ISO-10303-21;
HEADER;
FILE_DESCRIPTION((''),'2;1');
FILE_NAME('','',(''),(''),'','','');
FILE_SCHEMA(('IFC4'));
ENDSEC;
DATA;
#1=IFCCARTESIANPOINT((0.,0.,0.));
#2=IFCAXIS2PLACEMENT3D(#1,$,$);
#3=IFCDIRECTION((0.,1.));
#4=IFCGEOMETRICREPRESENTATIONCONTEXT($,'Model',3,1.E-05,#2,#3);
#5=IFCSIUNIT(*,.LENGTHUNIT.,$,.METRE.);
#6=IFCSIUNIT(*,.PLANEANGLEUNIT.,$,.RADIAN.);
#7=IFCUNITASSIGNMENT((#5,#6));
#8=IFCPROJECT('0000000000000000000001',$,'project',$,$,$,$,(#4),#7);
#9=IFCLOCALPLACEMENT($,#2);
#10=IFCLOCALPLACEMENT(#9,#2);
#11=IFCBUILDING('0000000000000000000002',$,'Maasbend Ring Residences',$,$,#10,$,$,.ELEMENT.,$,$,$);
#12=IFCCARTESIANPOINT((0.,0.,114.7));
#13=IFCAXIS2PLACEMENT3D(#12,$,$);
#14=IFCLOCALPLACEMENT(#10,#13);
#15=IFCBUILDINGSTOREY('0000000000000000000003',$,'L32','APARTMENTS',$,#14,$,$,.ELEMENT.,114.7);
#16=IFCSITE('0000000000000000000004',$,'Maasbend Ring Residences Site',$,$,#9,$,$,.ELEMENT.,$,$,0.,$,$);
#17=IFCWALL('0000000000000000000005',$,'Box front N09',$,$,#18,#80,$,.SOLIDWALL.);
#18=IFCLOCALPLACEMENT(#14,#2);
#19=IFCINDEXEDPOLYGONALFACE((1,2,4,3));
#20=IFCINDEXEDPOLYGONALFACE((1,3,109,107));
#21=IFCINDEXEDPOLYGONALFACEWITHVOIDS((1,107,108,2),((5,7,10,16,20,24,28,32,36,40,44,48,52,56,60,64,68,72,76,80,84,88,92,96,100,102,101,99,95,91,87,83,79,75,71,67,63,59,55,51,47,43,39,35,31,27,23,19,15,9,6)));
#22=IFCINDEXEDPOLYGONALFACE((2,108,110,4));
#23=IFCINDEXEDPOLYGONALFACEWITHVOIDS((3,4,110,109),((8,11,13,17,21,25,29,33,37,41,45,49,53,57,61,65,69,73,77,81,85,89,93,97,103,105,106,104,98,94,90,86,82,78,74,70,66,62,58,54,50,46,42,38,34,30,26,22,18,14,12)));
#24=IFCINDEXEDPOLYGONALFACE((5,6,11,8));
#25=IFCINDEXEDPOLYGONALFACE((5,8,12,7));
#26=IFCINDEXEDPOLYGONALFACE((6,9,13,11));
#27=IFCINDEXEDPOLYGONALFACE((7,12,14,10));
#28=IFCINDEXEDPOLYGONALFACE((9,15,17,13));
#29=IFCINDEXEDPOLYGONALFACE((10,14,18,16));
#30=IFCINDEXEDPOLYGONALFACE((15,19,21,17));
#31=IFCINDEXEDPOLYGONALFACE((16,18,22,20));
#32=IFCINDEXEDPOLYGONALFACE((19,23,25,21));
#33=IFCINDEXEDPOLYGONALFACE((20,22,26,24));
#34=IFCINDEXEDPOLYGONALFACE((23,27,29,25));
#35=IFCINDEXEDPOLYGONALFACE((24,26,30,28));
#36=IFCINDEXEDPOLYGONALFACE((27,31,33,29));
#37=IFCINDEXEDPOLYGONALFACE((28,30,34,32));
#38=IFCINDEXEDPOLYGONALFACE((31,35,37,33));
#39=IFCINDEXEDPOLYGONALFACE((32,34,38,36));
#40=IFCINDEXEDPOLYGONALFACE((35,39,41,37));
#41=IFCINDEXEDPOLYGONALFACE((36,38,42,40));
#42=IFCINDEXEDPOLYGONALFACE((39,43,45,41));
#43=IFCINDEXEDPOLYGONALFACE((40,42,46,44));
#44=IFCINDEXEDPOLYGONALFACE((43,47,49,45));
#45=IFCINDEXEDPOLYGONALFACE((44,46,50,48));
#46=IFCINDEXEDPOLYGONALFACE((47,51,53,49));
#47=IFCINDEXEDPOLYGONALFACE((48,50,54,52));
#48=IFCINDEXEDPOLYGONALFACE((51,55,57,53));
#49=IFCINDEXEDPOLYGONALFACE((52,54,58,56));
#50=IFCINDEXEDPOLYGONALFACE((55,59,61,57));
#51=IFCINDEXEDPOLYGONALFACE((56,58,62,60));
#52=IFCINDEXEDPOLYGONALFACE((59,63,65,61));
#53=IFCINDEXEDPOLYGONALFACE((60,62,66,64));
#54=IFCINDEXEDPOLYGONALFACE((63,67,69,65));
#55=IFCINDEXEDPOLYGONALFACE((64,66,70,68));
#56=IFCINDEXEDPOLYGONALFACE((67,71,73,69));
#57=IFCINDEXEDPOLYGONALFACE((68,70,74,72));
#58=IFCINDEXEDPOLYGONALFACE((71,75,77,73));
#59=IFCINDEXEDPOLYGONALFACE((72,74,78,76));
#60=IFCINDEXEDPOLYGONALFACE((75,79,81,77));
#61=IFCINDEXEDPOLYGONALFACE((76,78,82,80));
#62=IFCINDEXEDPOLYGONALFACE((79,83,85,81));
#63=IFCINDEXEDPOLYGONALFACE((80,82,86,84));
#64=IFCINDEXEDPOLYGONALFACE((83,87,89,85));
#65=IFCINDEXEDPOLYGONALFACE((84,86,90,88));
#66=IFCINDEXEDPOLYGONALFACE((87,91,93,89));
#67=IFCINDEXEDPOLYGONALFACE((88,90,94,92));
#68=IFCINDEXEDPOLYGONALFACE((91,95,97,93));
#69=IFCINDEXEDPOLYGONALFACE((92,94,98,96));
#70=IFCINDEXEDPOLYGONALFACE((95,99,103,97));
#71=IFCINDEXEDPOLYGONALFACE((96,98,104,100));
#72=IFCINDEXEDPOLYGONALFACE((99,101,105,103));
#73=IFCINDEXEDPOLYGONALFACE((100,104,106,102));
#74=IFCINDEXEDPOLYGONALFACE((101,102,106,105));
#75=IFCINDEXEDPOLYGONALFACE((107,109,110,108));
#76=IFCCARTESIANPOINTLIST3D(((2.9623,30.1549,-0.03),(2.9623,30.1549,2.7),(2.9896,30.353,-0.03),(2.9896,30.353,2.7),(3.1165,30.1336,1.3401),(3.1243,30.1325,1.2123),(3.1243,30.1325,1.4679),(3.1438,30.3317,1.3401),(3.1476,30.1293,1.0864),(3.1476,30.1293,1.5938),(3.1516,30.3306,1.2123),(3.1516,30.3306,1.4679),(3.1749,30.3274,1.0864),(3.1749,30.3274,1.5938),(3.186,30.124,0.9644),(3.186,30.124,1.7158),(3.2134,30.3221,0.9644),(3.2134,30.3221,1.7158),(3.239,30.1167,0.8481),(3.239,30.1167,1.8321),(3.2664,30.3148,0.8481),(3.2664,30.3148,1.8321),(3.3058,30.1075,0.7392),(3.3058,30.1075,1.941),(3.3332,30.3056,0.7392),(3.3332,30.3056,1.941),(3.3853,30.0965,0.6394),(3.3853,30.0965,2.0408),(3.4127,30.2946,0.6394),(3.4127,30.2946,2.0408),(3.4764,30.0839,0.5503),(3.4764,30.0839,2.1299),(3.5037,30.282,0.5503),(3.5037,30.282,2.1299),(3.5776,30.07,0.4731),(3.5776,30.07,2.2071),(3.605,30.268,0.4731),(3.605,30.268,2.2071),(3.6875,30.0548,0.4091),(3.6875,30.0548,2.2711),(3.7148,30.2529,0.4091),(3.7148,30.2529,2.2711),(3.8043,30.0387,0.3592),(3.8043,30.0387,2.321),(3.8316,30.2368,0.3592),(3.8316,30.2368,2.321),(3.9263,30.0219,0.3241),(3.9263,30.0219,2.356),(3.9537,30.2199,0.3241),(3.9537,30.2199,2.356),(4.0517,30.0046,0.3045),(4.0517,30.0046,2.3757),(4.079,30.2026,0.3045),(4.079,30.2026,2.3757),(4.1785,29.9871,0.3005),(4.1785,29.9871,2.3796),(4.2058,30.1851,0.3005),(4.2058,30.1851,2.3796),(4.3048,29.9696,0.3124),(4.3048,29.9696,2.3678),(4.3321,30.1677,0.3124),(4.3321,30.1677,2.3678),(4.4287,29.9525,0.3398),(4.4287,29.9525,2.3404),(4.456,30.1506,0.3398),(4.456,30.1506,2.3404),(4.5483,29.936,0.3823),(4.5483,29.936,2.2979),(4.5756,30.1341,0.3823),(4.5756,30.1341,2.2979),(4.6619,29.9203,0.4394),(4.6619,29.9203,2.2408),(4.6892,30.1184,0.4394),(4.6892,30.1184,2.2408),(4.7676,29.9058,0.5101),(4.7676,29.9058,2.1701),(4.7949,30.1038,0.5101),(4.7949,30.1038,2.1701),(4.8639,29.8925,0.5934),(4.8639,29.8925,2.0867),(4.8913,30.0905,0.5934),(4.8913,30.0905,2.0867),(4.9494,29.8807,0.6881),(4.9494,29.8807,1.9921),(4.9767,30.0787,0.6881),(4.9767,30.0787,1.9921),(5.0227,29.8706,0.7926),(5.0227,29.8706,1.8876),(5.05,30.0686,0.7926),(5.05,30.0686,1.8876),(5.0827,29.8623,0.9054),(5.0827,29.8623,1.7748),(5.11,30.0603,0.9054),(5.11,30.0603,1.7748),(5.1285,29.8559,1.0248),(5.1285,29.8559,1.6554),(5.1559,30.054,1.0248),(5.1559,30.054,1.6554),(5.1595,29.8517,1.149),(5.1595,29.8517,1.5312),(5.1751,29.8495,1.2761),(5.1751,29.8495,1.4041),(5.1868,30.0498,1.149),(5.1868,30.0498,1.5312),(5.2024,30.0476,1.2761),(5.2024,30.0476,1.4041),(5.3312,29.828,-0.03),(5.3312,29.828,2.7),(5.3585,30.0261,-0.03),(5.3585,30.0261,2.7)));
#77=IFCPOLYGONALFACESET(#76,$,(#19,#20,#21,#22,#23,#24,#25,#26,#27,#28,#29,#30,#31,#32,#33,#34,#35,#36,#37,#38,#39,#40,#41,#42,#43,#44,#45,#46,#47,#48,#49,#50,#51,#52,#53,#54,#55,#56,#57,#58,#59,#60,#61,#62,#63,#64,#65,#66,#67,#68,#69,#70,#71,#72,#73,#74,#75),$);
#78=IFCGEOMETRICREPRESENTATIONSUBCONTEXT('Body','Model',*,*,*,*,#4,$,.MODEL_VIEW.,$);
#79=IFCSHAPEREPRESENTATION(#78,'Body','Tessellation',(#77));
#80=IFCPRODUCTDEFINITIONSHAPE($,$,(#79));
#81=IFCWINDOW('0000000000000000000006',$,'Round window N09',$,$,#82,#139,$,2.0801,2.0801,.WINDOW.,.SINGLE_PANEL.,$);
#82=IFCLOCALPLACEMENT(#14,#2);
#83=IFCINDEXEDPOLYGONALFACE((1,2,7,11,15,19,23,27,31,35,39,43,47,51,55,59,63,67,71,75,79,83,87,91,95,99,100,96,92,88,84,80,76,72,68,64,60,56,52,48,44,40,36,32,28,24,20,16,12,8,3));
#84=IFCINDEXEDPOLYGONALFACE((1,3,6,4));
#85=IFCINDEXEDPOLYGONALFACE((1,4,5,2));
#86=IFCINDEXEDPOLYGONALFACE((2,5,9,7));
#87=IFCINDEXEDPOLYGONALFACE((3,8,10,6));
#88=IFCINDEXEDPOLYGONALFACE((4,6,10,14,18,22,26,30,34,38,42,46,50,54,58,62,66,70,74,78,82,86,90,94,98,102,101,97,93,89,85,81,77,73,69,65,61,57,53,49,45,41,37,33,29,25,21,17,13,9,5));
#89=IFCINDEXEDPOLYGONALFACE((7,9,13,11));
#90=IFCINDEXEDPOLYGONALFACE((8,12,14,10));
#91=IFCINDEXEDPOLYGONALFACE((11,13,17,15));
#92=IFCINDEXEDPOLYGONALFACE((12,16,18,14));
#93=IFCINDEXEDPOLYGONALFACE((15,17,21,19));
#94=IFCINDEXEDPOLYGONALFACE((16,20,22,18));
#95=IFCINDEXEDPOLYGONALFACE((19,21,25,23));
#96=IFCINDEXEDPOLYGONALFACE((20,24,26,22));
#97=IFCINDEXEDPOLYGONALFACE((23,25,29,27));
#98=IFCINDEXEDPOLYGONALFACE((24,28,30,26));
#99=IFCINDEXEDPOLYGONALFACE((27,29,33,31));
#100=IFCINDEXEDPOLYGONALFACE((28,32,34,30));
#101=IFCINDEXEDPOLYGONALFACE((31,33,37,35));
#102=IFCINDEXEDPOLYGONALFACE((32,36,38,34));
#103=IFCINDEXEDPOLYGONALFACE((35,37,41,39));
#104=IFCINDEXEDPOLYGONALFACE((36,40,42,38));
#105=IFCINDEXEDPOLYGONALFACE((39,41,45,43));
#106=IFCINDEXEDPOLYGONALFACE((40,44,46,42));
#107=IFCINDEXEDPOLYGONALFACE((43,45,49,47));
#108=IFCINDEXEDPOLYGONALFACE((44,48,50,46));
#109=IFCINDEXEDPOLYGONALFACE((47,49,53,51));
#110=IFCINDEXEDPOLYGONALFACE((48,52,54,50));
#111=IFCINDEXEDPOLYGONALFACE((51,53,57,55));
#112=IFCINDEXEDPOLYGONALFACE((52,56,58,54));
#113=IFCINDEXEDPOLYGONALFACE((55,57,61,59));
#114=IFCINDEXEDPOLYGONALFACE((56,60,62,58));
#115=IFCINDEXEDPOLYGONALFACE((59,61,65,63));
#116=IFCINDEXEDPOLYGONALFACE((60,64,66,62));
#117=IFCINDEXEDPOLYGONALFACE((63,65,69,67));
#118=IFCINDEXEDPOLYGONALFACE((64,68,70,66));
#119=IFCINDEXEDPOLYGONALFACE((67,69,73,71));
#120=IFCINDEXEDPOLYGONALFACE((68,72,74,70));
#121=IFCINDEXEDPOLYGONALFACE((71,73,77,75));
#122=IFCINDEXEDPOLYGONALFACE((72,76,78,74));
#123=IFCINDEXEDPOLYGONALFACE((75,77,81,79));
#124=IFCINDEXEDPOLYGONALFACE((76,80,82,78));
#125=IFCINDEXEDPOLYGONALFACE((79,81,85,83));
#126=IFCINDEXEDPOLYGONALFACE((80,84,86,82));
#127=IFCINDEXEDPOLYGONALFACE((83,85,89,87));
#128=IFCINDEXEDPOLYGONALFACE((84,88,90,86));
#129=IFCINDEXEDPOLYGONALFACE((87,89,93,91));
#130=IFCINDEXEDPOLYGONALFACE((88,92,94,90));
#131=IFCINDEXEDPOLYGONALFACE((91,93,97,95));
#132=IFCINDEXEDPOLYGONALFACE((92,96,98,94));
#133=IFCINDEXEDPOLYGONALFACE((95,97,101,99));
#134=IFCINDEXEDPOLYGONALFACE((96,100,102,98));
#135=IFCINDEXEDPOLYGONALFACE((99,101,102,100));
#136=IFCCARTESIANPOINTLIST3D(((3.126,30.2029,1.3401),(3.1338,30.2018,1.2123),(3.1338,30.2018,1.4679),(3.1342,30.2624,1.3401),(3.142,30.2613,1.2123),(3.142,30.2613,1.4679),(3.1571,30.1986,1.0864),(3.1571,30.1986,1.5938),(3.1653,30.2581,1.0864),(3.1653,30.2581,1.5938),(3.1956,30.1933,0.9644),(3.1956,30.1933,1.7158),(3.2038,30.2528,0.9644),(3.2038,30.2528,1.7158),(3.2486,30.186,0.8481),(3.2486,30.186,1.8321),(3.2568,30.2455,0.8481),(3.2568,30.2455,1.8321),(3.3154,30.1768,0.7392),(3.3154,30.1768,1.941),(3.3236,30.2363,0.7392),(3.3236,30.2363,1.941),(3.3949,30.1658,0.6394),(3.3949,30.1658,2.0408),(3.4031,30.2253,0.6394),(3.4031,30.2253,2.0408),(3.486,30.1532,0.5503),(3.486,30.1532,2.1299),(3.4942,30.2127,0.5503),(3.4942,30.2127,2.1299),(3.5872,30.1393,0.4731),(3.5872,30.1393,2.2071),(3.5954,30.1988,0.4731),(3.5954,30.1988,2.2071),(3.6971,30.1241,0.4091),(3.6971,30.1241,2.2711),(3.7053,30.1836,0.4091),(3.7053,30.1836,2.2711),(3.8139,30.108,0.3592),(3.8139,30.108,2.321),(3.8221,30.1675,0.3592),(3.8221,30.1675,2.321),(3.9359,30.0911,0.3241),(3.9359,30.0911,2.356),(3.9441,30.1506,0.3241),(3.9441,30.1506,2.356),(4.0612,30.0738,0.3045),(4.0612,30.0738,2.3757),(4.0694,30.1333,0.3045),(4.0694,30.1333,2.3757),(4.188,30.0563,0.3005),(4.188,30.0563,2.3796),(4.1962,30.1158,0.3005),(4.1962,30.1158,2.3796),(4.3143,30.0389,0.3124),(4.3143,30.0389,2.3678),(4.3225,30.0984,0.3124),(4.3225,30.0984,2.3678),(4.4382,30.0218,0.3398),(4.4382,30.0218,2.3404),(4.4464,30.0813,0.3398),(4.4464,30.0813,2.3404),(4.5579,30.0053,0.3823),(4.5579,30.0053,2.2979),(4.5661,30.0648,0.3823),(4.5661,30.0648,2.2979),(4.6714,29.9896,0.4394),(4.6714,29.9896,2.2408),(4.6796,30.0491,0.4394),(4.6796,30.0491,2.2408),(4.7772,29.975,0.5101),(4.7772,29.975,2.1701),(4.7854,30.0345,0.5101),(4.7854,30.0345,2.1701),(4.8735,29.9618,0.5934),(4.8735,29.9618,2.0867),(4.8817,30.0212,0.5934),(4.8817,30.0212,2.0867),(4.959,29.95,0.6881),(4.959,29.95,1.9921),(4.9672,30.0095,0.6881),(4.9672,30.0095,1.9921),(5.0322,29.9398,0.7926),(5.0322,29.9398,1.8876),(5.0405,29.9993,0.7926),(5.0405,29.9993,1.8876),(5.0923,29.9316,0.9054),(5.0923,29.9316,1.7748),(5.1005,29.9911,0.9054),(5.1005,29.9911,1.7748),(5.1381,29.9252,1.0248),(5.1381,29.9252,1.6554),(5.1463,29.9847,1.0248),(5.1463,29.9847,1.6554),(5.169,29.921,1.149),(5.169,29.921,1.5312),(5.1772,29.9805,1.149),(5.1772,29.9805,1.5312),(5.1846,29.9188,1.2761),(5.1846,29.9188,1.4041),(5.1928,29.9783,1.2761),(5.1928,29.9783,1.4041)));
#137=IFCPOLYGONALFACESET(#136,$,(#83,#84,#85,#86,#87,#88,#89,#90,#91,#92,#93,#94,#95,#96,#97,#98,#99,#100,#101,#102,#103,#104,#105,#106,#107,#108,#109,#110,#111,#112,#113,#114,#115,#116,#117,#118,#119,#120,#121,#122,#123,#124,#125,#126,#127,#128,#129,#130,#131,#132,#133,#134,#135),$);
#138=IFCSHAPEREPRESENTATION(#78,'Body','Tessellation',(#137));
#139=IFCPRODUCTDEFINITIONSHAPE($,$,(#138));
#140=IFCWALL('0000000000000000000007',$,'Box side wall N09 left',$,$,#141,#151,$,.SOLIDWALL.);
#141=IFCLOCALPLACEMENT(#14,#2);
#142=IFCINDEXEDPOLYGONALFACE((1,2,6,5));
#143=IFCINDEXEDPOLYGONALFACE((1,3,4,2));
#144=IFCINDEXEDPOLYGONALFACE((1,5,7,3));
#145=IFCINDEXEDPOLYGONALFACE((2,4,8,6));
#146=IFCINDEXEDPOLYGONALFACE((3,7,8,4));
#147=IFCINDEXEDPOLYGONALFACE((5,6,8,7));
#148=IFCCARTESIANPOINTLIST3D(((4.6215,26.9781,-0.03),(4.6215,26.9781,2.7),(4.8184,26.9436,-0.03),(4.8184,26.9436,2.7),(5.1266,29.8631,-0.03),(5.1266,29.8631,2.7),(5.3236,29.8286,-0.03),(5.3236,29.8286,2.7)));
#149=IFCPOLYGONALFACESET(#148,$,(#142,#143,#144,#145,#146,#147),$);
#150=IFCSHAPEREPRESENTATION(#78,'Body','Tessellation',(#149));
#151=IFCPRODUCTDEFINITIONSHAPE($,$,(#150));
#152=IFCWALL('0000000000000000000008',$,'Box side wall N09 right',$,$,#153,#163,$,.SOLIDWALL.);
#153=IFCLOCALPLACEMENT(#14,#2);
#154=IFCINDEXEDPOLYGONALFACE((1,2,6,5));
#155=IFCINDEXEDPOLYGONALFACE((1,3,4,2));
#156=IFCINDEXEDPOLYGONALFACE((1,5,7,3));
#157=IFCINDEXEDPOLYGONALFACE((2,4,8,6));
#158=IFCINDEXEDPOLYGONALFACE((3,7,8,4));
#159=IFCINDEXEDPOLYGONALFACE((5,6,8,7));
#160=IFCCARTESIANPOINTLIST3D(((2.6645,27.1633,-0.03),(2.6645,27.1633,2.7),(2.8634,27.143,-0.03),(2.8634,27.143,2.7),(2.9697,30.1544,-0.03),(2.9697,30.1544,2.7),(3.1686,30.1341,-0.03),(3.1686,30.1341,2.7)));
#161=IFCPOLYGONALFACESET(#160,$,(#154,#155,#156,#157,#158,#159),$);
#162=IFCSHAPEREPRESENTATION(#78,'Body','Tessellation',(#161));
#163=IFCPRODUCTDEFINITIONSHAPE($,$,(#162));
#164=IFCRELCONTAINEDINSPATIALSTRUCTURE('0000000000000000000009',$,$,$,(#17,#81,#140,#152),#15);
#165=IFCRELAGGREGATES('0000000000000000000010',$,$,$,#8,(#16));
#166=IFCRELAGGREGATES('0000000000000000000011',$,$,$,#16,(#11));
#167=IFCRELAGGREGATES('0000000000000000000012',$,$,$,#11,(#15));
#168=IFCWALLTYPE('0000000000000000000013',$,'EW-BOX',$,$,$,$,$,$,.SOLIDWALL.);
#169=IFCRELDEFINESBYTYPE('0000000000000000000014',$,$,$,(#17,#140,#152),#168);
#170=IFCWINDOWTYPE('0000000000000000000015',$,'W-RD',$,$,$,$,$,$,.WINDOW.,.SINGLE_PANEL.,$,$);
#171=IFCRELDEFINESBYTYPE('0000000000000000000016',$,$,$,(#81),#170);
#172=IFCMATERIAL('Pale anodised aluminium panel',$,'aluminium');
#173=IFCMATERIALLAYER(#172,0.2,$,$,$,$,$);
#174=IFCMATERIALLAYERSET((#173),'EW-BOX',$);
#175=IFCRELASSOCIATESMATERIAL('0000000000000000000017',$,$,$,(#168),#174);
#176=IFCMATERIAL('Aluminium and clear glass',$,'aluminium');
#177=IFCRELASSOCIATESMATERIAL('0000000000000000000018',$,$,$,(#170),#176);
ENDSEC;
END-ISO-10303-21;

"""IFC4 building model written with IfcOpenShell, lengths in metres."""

from ifc_helpers import new_model, si_unit, direction, frame, frame_2d, origin, place, context, subcontext, project, spatial, rectangle, circle, extrude, material, layer, layer_set, type_object, element, fill, save


model = new_model("IFC4")

# Units and contexts
model_context = context("Model", 3, precision=1e-05, world=origin(), true_north=direction((0.0, 1.0)))
body_context = subcontext(model_context, "Body", "Model", "MODEL_VIEW")
ifc_project = project(units=[si_unit("LENGTHUNIT", "METRE"), si_unit("PLANEANGLEUNIT", "RADIAN")], contexts=[model_context])

# Site, building, storey
site_placement = place(None, origin())
site = spatial("IfcSite", under=ifc_project, at=site_placement, Name="Maasbend Ring Residences Site", CompositionType="ELEMENT", RefElevation=0.0)
building_placement = place(site_placement, origin())
building = spatial("IfcBuilding", under=site, at=building_placement, Name="Maasbend Ring Residences", CompositionType="ELEMENT")
storey_placement = place(building_placement, frame((0.0, 0.0, 114.7)))
storey = spatial("IfcBuildingStorey", under=building, at=storey_placement, Name="L32", Description="APARTMENTS", CompositionType="ELEMENT", Elevation=114.7)

# Shared definitions
ifc_material_1 = material(Name="Pale anodised aluminium panel", Category="aluminium")
ifc_layer_1 = layer(ifc_material_1, 0.2)
ifc_layer_set_1 = layer_set([ifc_layer_1], Name="EW-BOX")
wall_type_1 = type_object("IfcWallType", Name="EW-BOX", PredefinedType="SOLIDWALL", material=ifc_layer_set_1)

# Wall, opening, window
wall_1_placement = place(storey_placement, frame((5.345, 29.927, -0.03), z_axis=(0.0, 0.0, 1.0), x_axis=(-0.990612, 0.136703, 0.0)))
wall_1 = element("IfcWall", 1, at=wall_1_placement, inside=storey, type_object=wall_type_1, Name="Box front N09", PredefinedType="SOLIDWALL", context=body_context, shape_type="SweptSolid", body=[
    extrude(rectangle(XDim=2.3914, YDim=0.2, at=frame_2d((1.1958, 0.0))), origin(), (0.0, 0.0, 1.0), 2.73),
])
opening_1_placement = place(wall_1_placement, frame((0.1558, 0.0, 0.3301)))
opening_1 = element("IfcOpeningElement", 2, at=opening_1_placement, cuts=wall_1, PredefinedType="OPENING", context=body_context, shape_type="SweptSolid", body=[
    extrude(circle(Radius=1.04, at=frame_2d((1.04, 1.04))), frame((0.0, 0.1099, 0.0), z_axis=(0.0, -1.0, 0.0), x_axis=(1.0, 0.0, 0.0)), (0.0, 0.0, 1.0), 0.22),
])
ifc_material_2 = material(Name="Aluminium and clear glass", Category="aluminium")
window_type_1 = type_object("IfcWindowType", Name="W-RD", PartitioningType="SINGLE_PANEL", PredefinedType="WINDOW", material=ifc_material_2)
window_1_placement = place(opening_1_placement, origin())
window_1 = element("IfcWindow", 3, at=window_1_placement, inside=storey, type_object=window_type_1, Name="Round window N09", OverallHeight=2.0801, OverallWidth=2.0801, PartitioningType="SINGLE_PANEL", PredefinedType="WINDOW", context=body_context, shape_type="SweptSolid", body=[
    extrude(circle(Radius=1.04, at=frame_2d((1.04, 1.04))), frame((0.0, 0.03, 0.0), z_axis=(0.0, -1.0, 0.0), x_axis=(1.0, 0.0, 0.0)), (0.0, 0.0, 1.0), 0.0601),
])
fill(opening_1, window_1)

# Walls
wall_2_placement = place(storey_placement, frame((4.72, 26.9609, -0.03), z_axis=(0.0, 0.0, 1.0), x_axis=(0.172463, 0.985016, 0.0)))
element("IfcWall", 4, at=wall_2_placement, inside=storey, type_object=wall_type_1, Name="Box side wall N09 left", PredefinedType="SOLIDWALL", context=body_context, shape_type="SweptSolid", body=[
    extrude(rectangle(XDim=2.929, YDim=0.2, at=frame_2d((1.4644, 0.0))), origin(), (0.0, 0.0, 1.0), 2.73),
])
wall_3_placement = place(storey_placement, frame((2.7639, 27.1531, -0.03), z_axis=(0.0, 0.0, 1.0), x_axis=(0.101505, 0.994835, 0.0)))
element("IfcWall", 5, at=wall_3_placement, inside=storey, type_object=wall_type_1, Name="Box side wall N09 right", PredefinedType="SOLIDWALL", context=body_context, shape_type="SweptSolid", body=[
    extrude(rectangle(XDim=3.0066, YDim=0.2, at=frame_2d((1.5034, 0.0))), origin(), (0.0, 0.0, 1.0), 2.73),
])

save(model, "model.ifc")
